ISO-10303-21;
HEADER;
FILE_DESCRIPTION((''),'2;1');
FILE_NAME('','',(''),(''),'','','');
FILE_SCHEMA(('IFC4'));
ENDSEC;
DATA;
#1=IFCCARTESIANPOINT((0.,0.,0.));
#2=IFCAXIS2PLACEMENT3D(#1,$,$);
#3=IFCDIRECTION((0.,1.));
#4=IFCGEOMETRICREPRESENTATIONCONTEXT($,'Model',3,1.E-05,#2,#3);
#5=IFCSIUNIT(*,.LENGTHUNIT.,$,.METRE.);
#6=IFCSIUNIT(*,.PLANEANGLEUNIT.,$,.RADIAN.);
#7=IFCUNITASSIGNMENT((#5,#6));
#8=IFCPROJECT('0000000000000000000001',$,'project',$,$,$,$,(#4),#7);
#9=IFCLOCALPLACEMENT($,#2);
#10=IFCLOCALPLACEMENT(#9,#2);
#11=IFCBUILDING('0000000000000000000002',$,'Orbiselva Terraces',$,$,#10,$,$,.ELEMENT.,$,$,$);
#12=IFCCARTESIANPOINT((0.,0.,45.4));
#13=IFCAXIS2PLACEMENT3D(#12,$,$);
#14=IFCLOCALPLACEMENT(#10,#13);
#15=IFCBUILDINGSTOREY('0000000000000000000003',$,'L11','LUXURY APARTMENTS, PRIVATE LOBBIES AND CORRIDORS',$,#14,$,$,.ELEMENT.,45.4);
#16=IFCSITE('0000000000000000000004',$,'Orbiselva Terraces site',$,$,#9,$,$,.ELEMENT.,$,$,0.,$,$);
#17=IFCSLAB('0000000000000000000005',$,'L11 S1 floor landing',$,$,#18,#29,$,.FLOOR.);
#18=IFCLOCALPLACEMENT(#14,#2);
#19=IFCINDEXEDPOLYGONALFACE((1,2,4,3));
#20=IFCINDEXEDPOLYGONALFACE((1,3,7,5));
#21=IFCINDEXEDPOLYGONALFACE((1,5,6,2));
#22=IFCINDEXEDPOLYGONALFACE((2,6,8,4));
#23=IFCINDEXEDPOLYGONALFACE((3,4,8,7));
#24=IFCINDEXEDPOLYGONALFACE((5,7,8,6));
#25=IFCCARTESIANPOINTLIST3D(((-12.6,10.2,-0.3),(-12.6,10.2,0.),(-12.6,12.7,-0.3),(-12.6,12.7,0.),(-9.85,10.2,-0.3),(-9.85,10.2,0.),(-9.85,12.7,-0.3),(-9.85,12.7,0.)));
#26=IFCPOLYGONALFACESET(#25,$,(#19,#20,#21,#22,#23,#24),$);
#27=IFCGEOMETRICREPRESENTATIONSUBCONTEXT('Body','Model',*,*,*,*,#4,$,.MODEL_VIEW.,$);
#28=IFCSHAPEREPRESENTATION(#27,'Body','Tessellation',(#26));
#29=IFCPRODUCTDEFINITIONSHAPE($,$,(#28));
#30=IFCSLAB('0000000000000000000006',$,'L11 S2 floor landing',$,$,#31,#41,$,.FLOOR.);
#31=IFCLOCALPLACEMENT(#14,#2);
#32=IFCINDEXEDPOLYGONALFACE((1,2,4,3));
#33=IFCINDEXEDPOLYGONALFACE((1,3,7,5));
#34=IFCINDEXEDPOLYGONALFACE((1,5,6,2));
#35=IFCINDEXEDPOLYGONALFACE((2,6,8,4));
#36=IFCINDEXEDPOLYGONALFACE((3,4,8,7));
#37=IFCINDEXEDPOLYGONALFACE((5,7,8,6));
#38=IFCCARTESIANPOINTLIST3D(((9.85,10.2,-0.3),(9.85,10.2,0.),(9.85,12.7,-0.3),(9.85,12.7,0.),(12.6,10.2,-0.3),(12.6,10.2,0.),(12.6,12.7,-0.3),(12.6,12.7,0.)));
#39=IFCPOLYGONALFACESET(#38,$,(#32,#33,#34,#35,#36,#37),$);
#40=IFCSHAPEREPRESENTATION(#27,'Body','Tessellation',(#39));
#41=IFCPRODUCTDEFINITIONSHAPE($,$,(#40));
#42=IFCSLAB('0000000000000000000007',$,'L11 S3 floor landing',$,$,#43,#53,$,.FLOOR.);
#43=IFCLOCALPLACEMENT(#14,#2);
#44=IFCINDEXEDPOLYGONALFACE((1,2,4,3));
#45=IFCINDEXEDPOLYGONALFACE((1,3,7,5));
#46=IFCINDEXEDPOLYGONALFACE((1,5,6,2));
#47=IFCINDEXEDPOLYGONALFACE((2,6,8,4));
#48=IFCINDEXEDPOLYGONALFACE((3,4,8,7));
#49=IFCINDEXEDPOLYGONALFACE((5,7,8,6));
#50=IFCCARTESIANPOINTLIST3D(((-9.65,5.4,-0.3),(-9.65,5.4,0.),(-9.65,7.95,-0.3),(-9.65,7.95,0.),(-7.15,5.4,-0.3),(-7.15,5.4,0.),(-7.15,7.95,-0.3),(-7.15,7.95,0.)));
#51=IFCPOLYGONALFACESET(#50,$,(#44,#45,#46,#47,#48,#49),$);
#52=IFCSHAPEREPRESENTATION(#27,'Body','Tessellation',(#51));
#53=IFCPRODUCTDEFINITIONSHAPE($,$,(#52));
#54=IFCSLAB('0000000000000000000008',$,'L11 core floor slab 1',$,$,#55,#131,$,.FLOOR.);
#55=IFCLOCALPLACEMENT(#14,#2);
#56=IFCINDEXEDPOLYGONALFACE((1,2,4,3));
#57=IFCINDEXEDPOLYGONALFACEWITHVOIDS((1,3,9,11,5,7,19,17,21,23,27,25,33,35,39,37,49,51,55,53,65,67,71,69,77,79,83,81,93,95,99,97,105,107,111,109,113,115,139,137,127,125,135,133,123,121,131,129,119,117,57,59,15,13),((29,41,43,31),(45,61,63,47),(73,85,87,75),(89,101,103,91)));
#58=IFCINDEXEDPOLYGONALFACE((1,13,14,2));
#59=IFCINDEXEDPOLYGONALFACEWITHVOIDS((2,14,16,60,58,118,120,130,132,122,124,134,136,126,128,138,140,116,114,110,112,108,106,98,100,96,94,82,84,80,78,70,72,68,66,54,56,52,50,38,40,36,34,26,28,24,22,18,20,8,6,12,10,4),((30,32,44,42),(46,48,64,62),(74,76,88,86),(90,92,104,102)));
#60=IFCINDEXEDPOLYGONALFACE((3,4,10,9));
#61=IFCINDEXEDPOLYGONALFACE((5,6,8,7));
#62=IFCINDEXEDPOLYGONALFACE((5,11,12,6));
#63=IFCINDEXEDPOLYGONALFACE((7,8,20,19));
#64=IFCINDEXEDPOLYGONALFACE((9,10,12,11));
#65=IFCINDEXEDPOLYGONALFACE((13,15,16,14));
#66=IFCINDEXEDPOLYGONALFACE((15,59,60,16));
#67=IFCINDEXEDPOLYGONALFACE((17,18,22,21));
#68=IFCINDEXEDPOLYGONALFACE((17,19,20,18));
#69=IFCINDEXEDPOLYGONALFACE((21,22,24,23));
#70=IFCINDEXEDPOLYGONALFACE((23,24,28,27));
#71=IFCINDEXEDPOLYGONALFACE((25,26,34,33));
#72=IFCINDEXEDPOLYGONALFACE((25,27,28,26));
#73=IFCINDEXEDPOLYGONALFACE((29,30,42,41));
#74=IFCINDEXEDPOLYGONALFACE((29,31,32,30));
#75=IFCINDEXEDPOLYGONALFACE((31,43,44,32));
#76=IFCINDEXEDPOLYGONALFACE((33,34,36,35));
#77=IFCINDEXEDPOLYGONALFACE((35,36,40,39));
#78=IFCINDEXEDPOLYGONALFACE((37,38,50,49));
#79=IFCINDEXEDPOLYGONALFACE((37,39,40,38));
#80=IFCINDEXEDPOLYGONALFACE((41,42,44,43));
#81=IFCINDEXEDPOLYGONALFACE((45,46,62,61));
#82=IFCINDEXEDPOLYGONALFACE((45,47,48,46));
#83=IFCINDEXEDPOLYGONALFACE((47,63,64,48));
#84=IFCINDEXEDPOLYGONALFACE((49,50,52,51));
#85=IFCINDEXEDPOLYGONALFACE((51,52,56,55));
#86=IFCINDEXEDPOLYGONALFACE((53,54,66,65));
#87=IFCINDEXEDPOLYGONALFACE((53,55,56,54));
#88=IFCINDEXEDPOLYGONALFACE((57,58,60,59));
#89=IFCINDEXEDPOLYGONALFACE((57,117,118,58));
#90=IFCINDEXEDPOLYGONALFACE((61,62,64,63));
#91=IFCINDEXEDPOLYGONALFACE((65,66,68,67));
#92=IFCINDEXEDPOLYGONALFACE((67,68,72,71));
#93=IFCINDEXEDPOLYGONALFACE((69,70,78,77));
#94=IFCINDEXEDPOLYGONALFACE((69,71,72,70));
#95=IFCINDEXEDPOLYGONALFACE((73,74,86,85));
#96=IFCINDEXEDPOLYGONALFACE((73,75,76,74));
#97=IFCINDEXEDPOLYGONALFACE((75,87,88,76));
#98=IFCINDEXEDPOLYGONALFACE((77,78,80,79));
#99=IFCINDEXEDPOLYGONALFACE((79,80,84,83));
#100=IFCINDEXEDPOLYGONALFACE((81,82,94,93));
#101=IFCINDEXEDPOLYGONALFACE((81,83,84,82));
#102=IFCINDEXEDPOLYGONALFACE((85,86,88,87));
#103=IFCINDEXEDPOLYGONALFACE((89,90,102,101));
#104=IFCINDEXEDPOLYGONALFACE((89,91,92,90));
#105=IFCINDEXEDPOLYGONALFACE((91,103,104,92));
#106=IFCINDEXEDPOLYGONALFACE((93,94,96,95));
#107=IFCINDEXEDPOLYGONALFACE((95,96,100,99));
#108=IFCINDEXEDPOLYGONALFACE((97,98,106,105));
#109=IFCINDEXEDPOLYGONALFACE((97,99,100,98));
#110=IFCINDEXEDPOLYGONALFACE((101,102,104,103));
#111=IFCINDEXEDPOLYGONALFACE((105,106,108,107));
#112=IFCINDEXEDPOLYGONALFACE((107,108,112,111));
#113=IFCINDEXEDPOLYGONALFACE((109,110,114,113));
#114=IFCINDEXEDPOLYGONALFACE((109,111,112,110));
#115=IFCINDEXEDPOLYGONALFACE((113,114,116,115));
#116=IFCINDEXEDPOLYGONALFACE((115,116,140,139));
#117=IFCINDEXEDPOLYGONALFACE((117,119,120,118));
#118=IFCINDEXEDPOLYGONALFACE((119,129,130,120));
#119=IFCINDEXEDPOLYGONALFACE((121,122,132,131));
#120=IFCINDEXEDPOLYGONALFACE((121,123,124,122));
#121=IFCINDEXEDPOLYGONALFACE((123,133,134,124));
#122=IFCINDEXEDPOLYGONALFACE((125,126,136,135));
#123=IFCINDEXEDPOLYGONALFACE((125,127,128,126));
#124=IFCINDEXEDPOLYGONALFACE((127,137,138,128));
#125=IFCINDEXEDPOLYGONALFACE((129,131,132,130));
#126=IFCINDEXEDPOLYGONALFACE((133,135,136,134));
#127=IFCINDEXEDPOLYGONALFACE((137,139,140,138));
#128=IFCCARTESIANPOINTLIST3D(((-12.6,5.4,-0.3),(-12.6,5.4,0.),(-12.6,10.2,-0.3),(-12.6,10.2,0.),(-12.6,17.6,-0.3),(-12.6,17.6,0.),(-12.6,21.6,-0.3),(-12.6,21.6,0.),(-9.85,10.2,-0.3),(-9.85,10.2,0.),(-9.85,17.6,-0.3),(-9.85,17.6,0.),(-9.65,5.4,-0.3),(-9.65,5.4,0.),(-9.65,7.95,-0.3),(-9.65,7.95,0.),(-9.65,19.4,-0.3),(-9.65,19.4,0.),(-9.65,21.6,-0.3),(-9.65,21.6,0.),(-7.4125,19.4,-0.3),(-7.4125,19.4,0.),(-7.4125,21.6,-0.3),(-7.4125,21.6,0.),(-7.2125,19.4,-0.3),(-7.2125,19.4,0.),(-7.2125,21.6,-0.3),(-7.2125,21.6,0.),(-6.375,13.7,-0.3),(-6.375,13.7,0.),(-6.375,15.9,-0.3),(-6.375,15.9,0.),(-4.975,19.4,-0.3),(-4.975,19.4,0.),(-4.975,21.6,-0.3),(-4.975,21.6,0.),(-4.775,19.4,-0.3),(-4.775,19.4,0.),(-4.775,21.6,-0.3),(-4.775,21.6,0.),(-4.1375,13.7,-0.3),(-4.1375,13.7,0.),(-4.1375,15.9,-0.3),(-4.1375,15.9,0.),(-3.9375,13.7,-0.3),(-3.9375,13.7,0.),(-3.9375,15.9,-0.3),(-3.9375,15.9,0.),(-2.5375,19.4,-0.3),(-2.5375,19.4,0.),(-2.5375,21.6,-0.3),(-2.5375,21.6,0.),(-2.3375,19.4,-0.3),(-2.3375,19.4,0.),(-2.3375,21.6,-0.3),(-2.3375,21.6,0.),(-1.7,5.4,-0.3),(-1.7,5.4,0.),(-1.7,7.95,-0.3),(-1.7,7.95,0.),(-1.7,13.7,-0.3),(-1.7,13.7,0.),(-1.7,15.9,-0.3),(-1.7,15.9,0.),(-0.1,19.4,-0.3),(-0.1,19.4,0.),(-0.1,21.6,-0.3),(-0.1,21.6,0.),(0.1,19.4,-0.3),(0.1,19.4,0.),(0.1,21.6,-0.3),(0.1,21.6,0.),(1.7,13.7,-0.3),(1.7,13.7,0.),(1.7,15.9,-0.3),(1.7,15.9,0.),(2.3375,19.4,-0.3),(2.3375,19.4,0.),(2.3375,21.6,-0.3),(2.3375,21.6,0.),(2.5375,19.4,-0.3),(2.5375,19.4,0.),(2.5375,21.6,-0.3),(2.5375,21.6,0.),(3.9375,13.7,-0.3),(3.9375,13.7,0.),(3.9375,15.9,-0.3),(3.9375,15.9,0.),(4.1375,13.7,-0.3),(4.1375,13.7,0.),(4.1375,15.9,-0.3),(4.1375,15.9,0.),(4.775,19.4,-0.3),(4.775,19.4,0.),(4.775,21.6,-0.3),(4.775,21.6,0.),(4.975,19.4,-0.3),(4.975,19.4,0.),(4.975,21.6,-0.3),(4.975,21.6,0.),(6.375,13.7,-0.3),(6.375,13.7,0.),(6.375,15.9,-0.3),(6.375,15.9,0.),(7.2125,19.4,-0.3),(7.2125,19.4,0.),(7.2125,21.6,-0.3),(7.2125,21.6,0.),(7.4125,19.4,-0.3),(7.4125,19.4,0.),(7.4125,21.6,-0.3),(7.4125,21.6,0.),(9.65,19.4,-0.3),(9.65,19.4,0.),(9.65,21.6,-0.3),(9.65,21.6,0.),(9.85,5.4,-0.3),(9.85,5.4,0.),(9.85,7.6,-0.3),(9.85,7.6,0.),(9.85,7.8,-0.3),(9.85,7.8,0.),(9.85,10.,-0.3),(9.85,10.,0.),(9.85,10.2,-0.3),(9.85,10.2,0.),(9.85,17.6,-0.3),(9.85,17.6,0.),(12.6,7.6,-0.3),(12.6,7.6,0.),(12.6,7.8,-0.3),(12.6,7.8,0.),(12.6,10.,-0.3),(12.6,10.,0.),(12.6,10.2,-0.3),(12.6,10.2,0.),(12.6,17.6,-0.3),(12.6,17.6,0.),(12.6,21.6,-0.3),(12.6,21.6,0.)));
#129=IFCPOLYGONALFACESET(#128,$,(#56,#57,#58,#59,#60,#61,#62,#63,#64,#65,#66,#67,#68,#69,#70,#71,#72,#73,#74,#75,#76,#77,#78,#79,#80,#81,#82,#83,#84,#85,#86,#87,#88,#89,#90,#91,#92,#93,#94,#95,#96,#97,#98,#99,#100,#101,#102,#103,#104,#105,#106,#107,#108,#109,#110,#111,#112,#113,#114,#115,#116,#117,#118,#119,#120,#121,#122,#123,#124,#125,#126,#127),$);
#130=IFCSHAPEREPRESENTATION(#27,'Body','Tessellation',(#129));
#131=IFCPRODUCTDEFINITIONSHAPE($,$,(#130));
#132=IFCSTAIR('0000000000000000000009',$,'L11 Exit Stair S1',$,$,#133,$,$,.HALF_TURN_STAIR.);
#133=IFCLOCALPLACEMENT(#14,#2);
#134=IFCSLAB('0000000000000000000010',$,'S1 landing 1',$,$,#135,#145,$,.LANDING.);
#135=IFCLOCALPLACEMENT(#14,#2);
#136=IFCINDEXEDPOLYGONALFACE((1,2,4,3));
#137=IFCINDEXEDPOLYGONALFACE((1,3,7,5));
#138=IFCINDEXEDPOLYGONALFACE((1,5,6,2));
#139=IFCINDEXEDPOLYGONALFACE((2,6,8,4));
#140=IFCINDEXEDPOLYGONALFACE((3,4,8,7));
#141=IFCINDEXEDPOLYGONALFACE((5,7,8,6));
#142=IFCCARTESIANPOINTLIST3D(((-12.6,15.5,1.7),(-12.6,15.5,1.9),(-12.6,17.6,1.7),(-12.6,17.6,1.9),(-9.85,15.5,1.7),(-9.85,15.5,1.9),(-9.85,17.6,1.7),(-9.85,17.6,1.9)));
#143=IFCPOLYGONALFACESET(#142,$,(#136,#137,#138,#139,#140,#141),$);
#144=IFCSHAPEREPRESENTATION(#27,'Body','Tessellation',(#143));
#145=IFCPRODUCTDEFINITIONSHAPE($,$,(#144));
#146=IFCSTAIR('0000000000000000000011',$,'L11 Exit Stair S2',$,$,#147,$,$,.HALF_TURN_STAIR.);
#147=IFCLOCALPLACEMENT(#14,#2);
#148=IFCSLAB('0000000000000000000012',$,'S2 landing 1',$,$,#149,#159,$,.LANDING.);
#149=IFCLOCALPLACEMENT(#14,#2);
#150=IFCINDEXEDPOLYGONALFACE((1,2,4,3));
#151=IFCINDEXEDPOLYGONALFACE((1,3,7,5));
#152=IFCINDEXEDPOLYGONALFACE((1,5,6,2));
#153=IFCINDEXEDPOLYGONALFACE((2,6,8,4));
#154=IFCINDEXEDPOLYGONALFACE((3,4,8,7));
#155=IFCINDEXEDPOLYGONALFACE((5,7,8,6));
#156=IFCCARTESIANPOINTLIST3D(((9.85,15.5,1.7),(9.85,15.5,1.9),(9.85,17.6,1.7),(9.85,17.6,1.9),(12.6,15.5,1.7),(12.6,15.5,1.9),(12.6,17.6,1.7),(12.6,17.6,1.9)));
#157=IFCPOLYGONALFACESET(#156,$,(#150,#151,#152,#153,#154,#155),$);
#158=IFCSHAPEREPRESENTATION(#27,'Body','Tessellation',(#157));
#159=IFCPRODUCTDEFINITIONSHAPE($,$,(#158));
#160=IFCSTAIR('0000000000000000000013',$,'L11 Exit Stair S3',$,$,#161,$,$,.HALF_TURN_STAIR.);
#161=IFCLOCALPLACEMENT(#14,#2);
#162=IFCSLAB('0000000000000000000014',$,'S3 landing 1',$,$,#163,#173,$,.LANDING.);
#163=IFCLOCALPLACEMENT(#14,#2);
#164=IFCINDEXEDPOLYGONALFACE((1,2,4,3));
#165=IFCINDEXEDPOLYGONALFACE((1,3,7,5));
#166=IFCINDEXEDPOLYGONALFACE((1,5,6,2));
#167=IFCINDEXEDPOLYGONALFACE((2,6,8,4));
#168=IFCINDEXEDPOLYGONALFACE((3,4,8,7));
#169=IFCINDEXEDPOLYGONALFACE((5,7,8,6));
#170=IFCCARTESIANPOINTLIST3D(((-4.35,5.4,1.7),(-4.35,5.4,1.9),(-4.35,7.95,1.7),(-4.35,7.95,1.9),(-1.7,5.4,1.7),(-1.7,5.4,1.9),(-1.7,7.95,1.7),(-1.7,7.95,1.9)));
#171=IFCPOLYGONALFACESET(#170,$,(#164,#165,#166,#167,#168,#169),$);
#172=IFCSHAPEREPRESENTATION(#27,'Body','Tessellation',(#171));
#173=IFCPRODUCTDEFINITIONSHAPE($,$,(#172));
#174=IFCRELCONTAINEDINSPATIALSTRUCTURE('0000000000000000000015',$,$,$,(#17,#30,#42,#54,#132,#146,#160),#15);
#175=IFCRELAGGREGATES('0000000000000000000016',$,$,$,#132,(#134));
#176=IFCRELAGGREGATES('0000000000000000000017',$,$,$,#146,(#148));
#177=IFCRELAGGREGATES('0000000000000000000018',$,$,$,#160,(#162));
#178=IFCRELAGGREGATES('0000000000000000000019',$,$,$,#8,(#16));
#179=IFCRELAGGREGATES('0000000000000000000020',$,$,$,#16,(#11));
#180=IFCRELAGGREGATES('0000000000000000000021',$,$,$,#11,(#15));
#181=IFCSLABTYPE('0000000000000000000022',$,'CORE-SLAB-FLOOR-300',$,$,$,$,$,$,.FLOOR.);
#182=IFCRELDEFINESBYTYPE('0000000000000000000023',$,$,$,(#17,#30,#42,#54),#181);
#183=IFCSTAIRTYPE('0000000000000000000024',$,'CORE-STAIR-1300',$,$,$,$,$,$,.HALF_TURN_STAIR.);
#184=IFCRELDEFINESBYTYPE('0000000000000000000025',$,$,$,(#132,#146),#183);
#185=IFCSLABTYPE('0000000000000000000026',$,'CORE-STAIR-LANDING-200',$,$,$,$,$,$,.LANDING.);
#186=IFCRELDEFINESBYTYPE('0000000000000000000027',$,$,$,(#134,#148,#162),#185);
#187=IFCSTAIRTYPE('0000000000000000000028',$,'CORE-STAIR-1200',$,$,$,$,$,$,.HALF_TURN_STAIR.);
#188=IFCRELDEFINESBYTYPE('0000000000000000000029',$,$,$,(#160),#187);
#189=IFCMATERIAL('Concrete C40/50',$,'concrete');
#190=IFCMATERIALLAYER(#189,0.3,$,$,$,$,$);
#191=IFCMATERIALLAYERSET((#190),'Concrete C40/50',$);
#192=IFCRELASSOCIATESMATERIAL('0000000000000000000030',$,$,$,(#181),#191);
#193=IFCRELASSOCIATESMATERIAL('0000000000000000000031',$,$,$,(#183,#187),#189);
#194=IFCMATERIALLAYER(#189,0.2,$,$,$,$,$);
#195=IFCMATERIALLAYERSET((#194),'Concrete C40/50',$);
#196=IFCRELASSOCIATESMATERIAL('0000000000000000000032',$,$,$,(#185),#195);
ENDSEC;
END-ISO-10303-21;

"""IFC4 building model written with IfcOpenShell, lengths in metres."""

from ifc_helpers import new_model, si_unit, direction, frame, origin, place, context, subcontext, project, spatial, polyline, outline, extrude, material, layer, layer_set, type_object, element, aggregate, save


model = new_model("IFC4")

# Units and contexts
model_context = context("Model", 3, precision=1e-05, world=origin(), true_north=direction((0.0, 1.0)))
body_context = subcontext(model_context, "Body", "Model", "MODEL_VIEW")
ifc_project = project(units=[si_unit("LENGTHUNIT", "METRE"), si_unit("PLANEANGLEUNIT", "RADIAN")], contexts=[model_context])

# Site, building, storey
site_placement = place(None, origin())
site = spatial("IfcSite", under=ifc_project, at=site_placement, Name="Orbiselva Terraces site", CompositionType="ELEMENT", RefElevation=0.0)
building_placement = place(site_placement, origin())
building = spatial("IfcBuilding", under=site, at=building_placement, Name="Orbiselva Terraces", CompositionType="ELEMENT")
storey_placement = place(building_placement, frame((0.0, 0.0, 45.4)))
storey = spatial("IfcBuildingStorey", under=building, at=storey_placement, Name="L11", Description="LUXURY APARTMENTS, PRIVATE LOBBIES AND CORRIDORS", CompositionType="ELEMENT", Elevation=45.4)

# Slabs
ifc_material_1 = material(Name="Concrete C40/50", Category="concrete")
ifc_layer_1 = layer(ifc_material_1, 0.3)
ifc_layer_set_1 = layer_set([ifc_layer_1], Name="Concrete C40/50")
slab_type_1 = type_object("IfcSlabType", Name="CORE-SLAB-FLOOR-300", PredefinedType="FLOOR", material=ifc_layer_set_1)
slab_1_placement = place(storey_placement, frame((0.0, 0.0, -0.3)))
element("IfcSlab", 1, at=slab_1_placement, inside=storey, type_object=slab_type_1, Name="L11 S1 floor landing", PredefinedType="FLOOR", context=body_context, shape_type="SweptSolid", body=[
    extrude(outline(polyline([(-12.6, 12.7), (-9.85, 12.7), (-9.85, 10.2), (-12.6, 10.2), (-12.6, 12.7)])), origin(), (0.0, 0.0, 1.0), 0.3),
])
slab_2_placement = place(storey_placement, frame((0.0, 0.0, -0.3)))
element("IfcSlab", 2, at=slab_2_placement, inside=storey, type_object=slab_type_1, Name="L11 S2 floor landing", PredefinedType="FLOOR", context=body_context, shape_type="SweptSolid", body=[
    extrude(outline(polyline([(12.6, 12.7), (12.6, 10.2), (9.85, 10.2), (9.85, 12.7), (12.6, 12.7)])), origin(), (0.0, 0.0, 1.0), 0.3),
])
slab_3_placement = place(storey_placement, frame((0.0, 0.0, -0.3)))
element("IfcSlab", 3, at=slab_3_placement, inside=storey, type_object=slab_type_1, Name="L11 S3 floor landing", PredefinedType="FLOOR", context=body_context, shape_type="SweptSolid", body=[
    extrude(outline(polyline([(-7.15, 5.4), (-9.65, 5.4), (-9.65, 7.95), (-7.15, 7.95), (-7.15, 5.4)])), origin(), (0.0, 0.0, 1.0), 0.3),
])
slab_4_placement = place(storey_placement, frame((0.0, 0.0, -0.3)))
element("IfcSlab", 4, at=slab_4_placement, inside=storey, type_object=slab_type_1, Name="L11 core floor slab 1", PredefinedType="FLOOR", context=body_context, shape_type="SweptSolid", body=[
    extrude(outline(polyline([(-1.7, 5.4), (-1.7, 7.95), (-9.65, 7.95), (-9.65, 5.4), (-12.6, 5.4), (-12.6, 10.2), (-9.85, 10.2), (-9.85, 17.6), (-12.6, 17.6), (-12.6, 21.6), (-9.65, 21.6), (-9.65, 19.4), (-7.4125, 19.4), (-7.4125, 21.6), (-7.2125, 21.6), (-7.2125, 19.4), (-4.975, 19.4), (-4.975, 21.6), (-4.775, 21.6), (-4.775, 19.4), (-2.5375, 19.4), (-2.5375, 21.6), (-2.3375, 21.6), (-2.3375, 19.4), (-0.1, 19.4), (-0.1, 21.6), (0.1, 21.6), (0.1, 19.4), (2.3375, 19.4), (2.3375, 21.6), (2.5375, 21.6), (2.5375, 19.4), (4.775, 19.4), (4.775, 21.6), (4.975, 21.6), (4.975, 19.4), (7.2125, 19.4), (7.2125, 21.6), (7.4125, 21.6), (7.4125, 19.4), (9.65, 19.4), (9.65, 21.6), (12.6, 21.6), (12.6, 17.6), (9.85, 17.6), (9.85, 10.2), (12.6, 10.2), (12.6, 10.0), (9.85, 10.0), (9.85, 7.8), (12.6, 7.8), (12.6, 7.6), (9.85, 7.6), (9.85, 5.4), (-1.7, 5.4)]), holes=[polyline([(-4.1375, 13.7), (-4.1375, 15.9), (-6.375, 15.9), (-6.375, 13.7), (-4.1375, 13.7)]), polyline([(-1.7, 13.7), (-1.7, 15.9), (-3.9375, 15.9), (-3.9375, 13.7), (-1.7, 13.7)]), polyline([(3.9375, 13.7), (3.9375, 15.9), (1.7, 15.9), (1.7, 13.7), (3.9375, 13.7)]), polyline([(6.375, 13.7), (6.375, 15.9), (4.1375, 15.9), (4.1375, 13.7), (6.375, 13.7)])]), origin(), (0.0, 0.0, 1.0), 0.3),
])

# Stairs, slabs
stair_type_1 = type_object("IfcStairType", Name="CORE-STAIR-1300", PredefinedType="HALF_TURN_STAIR", material=ifc_material_1)
stair_1_placement = place(storey_placement, origin())
stair_1 = element("IfcStair", 5, at=stair_1_placement, inside=storey, type_object=stair_type_1, Name="L11 Exit Stair S1", PredefinedType="HALF_TURN_STAIR")
ifc_layer_2 = layer(ifc_material_1, 0.2)
ifc_layer_set_2 = layer_set([ifc_layer_2], Name="Concrete C40/50")
slab_type_2 = type_object("IfcSlabType", Name="CORE-STAIR-LANDING-200", PredefinedType="LANDING", material=ifc_layer_set_2)
slab_5_placement = place(storey_placement, frame((0.0, 0.0, 1.7)))
slab_5 = element("IfcSlab", 6, at=slab_5_placement, type_object=slab_type_2, Name="S1 landing 1", PredefinedType="LANDING", context=body_context, shape_type="SweptSolid", body=[
    extrude(outline(polyline([(-9.85, 15.5), (-9.85, 17.6), (-12.6, 17.6), (-12.6, 15.5), (-9.85, 15.5)])), origin(), (0.0, 0.0, 1.0), 0.2),
])
aggregate(stair_1, [slab_5])
stair_2_placement = place(storey_placement, origin())
stair_2 = element("IfcStair", 7, at=stair_2_placement, inside=storey, type_object=stair_type_1, Name="L11 Exit Stair S2", PredefinedType="HALF_TURN_STAIR")
slab_6_placement = place(storey_placement, frame((0.0, 0.0, 1.7)))
slab_6 = element("IfcSlab", 8, at=slab_6_placement, type_object=slab_type_2, Name="S2 landing 1", PredefinedType="LANDING", context=body_context, shape_type="SweptSolid", body=[
    extrude(outline(polyline([(12.6, 15.5), (12.6, 17.6), (9.85, 17.6), (9.85, 15.5), (12.6, 15.5)])), origin(), (0.0, 0.0, 1.0), 0.2),
])
aggregate(stair_2, [slab_6])
stair_type_2 = type_object("IfcStairType", Name="CORE-STAIR-1200", PredefinedType="HALF_TURN_STAIR", material=ifc_material_1)
stair_3_placement = place(storey_placement, origin())
stair_3 = element("IfcStair", 9, at=stair_3_placement, inside=storey, type_object=stair_type_2, Name="L11 Exit Stair S3", PredefinedType="HALF_TURN_STAIR")
slab_7_placement = place(storey_placement, frame((0.0, 0.0, 1.7)))
slab_7 = element("IfcSlab", 10, at=slab_7_placement, type_object=slab_type_2, Name="S3 landing 1", PredefinedType="LANDING", context=body_context, shape_type="SweptSolid", body=[
    extrude(outline(polyline([(-4.35, 5.4), (-1.7, 5.4), (-1.7, 7.95), (-4.35, 7.95), (-4.35, 5.4)])), origin(), (0.0, 0.0, 1.0), 0.2),
])
aggregate(stair_3, [slab_7])

save(model, "model.ifc")
